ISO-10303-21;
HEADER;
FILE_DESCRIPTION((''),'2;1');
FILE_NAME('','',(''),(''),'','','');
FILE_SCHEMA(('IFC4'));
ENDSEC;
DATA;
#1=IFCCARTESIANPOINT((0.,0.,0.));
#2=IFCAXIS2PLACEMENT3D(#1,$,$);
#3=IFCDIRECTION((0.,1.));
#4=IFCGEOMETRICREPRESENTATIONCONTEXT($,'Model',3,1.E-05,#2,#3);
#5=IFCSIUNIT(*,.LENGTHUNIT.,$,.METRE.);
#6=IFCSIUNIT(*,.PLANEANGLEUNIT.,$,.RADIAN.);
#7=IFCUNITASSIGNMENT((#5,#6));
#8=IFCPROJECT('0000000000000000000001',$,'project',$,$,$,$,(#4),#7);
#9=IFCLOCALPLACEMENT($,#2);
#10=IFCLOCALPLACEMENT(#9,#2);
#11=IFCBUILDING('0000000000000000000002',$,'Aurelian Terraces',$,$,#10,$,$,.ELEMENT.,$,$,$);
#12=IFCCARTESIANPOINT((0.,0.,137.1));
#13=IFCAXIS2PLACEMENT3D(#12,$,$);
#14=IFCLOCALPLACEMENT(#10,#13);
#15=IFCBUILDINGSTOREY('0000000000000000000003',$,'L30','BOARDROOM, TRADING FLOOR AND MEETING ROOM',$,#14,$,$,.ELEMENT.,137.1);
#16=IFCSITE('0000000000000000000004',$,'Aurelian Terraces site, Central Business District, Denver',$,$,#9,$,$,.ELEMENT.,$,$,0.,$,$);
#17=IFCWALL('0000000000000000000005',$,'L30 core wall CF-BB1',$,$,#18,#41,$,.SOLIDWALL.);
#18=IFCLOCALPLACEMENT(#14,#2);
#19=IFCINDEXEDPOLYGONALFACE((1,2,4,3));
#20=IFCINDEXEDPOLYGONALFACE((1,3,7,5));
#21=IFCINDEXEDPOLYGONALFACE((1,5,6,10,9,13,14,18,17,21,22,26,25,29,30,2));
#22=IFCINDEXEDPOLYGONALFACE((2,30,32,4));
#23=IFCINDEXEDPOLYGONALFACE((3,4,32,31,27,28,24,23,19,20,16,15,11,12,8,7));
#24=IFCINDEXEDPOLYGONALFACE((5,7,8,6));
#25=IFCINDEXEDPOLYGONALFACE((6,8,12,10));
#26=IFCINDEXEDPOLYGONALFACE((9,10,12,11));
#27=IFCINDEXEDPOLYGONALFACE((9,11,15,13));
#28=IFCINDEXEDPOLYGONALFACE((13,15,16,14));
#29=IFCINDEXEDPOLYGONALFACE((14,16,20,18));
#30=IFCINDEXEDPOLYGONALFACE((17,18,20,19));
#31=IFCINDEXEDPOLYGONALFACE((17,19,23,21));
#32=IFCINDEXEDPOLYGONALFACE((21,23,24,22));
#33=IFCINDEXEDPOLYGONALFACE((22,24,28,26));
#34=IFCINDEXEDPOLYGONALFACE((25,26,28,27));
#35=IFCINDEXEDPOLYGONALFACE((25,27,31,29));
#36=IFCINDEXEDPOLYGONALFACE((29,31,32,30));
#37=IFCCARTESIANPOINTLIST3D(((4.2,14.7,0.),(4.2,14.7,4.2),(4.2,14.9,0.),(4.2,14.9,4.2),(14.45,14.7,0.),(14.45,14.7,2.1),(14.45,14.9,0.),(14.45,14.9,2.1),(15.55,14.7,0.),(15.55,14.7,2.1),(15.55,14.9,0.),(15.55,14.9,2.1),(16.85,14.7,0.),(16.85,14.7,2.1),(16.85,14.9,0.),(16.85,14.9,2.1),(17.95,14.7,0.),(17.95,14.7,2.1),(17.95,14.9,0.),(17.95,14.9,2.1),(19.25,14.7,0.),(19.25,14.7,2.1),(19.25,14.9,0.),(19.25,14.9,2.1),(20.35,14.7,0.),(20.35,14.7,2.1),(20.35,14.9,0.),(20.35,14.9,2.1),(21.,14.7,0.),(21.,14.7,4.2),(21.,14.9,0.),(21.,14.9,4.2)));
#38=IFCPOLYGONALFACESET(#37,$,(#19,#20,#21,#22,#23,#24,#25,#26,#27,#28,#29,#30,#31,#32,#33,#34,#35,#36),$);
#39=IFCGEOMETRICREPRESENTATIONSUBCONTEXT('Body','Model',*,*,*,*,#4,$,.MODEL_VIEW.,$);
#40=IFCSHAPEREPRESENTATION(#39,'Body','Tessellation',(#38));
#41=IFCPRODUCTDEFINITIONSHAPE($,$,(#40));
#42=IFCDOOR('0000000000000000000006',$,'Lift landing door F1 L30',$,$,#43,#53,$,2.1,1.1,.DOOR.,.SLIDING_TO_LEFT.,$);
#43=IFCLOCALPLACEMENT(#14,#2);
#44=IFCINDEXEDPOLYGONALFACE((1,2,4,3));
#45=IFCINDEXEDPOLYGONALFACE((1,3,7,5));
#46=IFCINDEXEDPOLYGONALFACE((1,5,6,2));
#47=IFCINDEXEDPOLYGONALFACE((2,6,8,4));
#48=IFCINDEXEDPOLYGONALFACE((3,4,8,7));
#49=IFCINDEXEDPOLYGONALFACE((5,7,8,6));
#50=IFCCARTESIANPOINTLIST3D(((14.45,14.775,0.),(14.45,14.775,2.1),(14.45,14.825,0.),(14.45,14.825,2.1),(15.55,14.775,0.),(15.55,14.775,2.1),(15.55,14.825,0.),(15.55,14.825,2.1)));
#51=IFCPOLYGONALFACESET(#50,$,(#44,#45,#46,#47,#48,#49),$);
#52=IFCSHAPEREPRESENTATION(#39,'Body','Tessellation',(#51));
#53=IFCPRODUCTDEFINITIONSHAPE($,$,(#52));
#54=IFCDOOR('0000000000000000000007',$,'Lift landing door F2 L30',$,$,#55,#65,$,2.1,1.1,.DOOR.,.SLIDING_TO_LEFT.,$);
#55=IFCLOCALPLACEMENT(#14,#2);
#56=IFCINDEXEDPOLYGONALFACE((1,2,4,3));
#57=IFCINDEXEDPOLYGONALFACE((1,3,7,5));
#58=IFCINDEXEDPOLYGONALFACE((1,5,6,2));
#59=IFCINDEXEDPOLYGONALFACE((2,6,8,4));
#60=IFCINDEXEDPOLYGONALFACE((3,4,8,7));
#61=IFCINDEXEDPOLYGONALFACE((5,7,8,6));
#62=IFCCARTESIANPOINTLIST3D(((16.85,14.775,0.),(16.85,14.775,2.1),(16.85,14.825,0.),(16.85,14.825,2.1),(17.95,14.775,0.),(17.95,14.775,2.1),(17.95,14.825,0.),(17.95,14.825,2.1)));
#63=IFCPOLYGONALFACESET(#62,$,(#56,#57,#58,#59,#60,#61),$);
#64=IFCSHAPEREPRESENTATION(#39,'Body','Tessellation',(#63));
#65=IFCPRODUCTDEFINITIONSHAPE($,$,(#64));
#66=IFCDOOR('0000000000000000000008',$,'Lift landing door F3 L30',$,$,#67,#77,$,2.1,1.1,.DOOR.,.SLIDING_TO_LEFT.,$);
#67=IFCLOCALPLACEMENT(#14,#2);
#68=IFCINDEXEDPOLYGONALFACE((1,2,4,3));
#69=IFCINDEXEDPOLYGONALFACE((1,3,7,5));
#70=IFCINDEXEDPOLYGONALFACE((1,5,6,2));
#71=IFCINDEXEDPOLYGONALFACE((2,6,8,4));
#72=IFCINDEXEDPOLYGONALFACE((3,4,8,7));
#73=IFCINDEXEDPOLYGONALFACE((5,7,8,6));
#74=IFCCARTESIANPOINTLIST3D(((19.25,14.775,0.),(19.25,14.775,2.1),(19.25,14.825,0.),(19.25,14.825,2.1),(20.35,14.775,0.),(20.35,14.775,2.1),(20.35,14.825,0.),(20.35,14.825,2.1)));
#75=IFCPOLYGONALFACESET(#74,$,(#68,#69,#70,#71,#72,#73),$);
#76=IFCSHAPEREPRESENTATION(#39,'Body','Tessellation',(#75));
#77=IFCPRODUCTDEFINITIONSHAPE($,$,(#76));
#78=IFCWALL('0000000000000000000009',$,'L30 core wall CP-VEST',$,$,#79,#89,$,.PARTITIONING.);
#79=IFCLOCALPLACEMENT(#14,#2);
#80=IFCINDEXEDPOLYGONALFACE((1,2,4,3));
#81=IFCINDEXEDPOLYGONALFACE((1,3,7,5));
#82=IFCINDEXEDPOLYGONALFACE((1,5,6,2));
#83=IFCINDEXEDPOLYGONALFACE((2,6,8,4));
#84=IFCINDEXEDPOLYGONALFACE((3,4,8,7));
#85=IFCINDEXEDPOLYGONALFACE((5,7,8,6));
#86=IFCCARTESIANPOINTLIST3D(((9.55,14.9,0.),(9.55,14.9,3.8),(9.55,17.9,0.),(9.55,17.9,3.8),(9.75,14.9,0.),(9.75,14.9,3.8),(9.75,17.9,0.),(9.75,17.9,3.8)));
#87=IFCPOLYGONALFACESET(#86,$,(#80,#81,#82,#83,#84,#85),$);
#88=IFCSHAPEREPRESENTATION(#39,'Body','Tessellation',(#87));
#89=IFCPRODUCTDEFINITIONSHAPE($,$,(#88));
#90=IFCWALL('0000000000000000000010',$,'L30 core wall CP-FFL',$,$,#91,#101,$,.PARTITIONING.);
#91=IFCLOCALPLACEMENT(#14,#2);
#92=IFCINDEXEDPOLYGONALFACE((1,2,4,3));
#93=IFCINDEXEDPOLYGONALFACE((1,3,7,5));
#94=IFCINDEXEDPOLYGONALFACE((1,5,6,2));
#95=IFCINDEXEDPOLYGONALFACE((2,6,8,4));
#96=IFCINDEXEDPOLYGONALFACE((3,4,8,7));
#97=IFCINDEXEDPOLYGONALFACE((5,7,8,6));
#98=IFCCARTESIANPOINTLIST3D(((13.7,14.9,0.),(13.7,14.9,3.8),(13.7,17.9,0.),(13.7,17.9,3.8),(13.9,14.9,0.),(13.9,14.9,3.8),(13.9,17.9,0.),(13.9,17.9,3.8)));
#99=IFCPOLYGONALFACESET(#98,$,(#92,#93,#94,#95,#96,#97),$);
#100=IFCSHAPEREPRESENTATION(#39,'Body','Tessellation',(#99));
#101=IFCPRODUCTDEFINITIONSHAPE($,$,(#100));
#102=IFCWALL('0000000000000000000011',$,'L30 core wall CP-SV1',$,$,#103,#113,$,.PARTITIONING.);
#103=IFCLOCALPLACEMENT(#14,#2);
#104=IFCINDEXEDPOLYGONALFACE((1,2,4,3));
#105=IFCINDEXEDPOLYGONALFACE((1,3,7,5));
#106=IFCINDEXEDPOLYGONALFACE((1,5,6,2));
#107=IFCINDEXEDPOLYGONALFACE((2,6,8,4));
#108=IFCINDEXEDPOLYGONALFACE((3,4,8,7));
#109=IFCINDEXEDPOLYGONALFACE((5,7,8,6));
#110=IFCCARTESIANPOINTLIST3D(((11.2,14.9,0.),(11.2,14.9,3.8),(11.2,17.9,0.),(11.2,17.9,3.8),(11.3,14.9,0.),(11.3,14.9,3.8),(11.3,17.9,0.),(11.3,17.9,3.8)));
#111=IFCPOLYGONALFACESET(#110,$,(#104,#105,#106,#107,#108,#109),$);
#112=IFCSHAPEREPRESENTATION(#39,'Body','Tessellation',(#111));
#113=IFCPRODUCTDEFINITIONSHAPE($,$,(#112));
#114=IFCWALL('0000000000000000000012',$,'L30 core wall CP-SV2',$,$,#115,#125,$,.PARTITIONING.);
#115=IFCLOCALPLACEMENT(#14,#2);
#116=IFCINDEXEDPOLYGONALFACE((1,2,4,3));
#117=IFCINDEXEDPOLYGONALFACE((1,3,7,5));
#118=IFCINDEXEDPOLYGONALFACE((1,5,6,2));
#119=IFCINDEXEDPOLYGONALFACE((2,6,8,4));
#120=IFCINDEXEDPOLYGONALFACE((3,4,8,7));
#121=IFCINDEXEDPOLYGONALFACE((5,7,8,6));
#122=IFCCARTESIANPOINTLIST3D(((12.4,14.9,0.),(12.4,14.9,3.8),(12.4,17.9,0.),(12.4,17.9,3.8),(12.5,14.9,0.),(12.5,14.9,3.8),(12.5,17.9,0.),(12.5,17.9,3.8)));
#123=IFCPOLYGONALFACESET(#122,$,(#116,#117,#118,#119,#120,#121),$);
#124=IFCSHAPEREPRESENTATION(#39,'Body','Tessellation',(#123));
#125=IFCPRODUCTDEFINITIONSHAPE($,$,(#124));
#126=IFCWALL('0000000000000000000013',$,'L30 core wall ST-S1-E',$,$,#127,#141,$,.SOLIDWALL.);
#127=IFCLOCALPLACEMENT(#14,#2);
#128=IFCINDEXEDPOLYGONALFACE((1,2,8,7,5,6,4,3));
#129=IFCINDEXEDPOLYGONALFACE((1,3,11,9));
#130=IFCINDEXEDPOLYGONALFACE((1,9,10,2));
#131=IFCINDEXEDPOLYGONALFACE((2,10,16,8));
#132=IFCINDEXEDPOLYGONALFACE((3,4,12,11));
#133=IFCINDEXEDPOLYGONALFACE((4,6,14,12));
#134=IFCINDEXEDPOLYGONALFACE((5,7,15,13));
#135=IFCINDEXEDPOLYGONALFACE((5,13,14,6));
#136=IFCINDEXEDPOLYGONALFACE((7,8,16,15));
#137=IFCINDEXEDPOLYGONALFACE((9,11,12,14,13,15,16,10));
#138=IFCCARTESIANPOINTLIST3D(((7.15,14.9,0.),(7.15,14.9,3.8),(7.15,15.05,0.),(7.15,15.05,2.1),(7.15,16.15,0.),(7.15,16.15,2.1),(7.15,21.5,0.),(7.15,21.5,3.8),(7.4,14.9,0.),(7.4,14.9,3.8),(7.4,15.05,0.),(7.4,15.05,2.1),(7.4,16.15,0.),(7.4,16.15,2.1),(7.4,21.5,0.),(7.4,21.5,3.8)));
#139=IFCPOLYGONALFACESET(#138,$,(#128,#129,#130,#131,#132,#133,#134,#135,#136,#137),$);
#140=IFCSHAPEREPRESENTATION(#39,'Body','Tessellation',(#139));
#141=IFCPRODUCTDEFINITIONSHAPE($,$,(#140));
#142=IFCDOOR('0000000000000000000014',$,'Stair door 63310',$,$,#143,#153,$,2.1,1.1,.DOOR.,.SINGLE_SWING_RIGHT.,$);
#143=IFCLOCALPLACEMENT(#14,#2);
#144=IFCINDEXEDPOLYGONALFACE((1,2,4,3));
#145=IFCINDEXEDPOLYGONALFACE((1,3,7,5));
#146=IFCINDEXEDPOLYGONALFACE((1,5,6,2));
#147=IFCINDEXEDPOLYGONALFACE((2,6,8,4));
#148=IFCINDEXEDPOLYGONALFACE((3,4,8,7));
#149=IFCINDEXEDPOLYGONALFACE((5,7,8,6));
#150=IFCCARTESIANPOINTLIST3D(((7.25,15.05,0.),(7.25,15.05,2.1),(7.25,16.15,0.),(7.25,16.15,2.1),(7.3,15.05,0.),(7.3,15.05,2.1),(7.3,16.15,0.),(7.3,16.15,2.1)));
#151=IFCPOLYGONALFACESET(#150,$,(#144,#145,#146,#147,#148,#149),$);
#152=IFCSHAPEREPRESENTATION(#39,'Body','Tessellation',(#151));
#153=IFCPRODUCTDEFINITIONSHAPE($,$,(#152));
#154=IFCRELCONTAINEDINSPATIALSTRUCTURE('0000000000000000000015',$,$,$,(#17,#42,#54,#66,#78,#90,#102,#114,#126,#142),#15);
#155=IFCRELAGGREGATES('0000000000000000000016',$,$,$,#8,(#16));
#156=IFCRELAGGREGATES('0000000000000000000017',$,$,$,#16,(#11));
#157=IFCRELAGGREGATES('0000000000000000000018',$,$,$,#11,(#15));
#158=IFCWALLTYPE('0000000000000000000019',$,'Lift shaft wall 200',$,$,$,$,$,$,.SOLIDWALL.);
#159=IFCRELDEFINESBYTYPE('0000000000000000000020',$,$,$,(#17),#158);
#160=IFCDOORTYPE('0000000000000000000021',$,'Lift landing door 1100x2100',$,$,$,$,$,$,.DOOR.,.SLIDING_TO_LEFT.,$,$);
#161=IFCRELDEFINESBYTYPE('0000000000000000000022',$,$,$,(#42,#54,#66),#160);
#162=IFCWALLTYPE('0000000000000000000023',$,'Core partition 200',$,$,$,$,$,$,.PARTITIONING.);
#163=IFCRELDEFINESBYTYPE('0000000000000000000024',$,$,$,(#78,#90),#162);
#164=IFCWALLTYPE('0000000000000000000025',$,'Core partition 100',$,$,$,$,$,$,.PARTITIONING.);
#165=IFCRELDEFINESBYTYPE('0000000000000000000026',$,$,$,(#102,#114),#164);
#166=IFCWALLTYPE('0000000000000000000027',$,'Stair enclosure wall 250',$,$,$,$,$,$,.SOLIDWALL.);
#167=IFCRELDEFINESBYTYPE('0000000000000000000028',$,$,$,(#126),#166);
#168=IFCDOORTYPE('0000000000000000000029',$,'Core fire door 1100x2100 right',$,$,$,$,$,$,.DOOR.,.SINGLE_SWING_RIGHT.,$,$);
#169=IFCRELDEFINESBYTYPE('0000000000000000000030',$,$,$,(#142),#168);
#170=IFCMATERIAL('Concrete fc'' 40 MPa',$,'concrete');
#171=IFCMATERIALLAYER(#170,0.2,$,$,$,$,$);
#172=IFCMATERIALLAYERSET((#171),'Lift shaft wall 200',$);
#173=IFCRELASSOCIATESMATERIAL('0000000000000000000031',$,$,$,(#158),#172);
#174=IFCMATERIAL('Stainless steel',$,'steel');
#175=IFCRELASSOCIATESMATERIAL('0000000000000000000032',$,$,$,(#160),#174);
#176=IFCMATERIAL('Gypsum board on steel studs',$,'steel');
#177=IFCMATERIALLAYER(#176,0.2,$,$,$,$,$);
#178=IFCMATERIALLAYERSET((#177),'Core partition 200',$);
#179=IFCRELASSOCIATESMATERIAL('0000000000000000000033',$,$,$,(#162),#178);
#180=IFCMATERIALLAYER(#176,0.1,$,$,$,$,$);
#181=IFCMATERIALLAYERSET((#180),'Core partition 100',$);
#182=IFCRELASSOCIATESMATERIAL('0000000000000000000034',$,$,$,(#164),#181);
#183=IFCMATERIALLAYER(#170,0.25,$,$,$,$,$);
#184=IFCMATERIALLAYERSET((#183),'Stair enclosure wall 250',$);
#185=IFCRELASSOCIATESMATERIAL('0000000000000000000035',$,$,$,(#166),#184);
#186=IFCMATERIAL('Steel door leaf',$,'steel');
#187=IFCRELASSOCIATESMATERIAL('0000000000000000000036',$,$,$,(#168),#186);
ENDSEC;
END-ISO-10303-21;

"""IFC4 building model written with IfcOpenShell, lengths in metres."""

from ifc_helpers import new_model, si_unit, direction, frame, frame_2d, origin, place, context, subcontext, project, spatial, rectangle, extrude, source, transform, mapped, material, layer, layer_set, type_object, element, fill, save


model = new_model("IFC4")

# Units and contexts
model_context = context("Model", 3, precision=1e-05, world=origin(), true_north=direction((0.0, 1.0)))
body_context = subcontext(model_context, "Body", "Model", "MODEL_VIEW")
ifc_project = project(units=[si_unit("LENGTHUNIT", "METRE"), si_unit("PLANEANGLEUNIT", "RADIAN")], contexts=[model_context])

# Site, building, storey
site_placement = place(None, origin())
site = spatial("IfcSite", under=ifc_project, at=site_placement, Name="Aurelian Terraces site, Central Business District, Denver", CompositionType="ELEMENT", RefElevation=0.0)
building_placement = place(site_placement, origin())
building = spatial("IfcBuilding", under=site, at=building_placement, Name="Aurelian Terraces", CompositionType="ELEMENT")
storey_placement = place(building_placement, frame((0.0, 0.0, 137.1)))
storey = spatial("IfcBuildingStorey", under=building, at=storey_placement, Name="L30", Description="BOARDROOM, TRADING FLOOR AND MEETING ROOM", CompositionType="ELEMENT", Elevation=137.1)

# Shared definitions
ifc_material_1 = material(Name="Concrete fc' 40 MPa", Category="concrete")
ifc_layer_1 = layer(ifc_material_1, 0.2)
ifc_layer_set_1 = layer_set([ifc_layer_1], Name="Lift shaft wall 200")
wall_type_1 = type_object("IfcWallType", Name="Lift shaft wall 200", PredefinedType="SOLIDWALL", material=ifc_layer_set_1)

# Wall, openings, doors
shared_shape_1 = source(origin(), body_context, "Body", "SweptSolid", [
    extrude(rectangle(XDim=16.8, YDim=0.2, at=frame_2d((8.4, 0.0))), origin(), (0.0, 0.0, 1.0), 4.2),
])
shared_shape_2 = source(origin(), body_context, "Body", "SweptSolid", [
    extrude(rectangle(XDim=1.1, YDim=2.1, at=frame_2d((0.55, 1.05))), frame((0.0, 0.11, 0.0), z_axis=(0.0, -1.0, 0.0), x_axis=(1.0, 0.0, 0.0)), (0.0, 0.0, 1.0), 0.22),
])
ifc_material_2 = material(Name="Stainless steel", Category="steel")
door_type_1 = type_object("IfcDoorType", Name="Lift landing door 1100x2100", OperationType="SLIDING_TO_LEFT", PredefinedType="DOOR", material=ifc_material_2)
shared_shape_3 = source(origin(), body_context, "Body", "SweptSolid", [
    extrude(rectangle(XDim=1.1, YDim=2.1, at=frame_2d((0.55, 1.05))), frame((0.0, 0.025, 0.0), z_axis=(0.0, -1.0, 0.0), x_axis=(1.0, 0.0, 0.0)), (0.0, 0.0, 1.0), 0.05),
])
wall_1_placement = place(storey_placement, frame((4.2, 14.8, 0.0), z_axis=(0.0, 0.0, 1.0), x_axis=(1.0, 0.0, 0.0)))
wall_1 = element("IfcWall", 1, at=wall_1_placement, inside=storey, type_object=wall_type_1, Name="L30 core wall CF-BB1", PredefinedType="SOLIDWALL", context=body_context, shape_type="MappedRepresentation", body=[
    mapped(shared_shape_1, transform((0.0, 0.0, 0.0), scale=1.0)),
])
opening_1_placement = place(wall_1_placement, frame((10.25, 0.0, 0.0)))
opening_1 = element("IfcOpeningElement", 2, at=opening_1_placement, cuts=wall_1, PredefinedType="OPENING", context=body_context, shape_type="MappedRepresentation", body=[
    mapped(shared_shape_2, transform((0.0, 0.0, 0.0), scale=1.0)),
])
opening_2_placement = place(wall_1_placement, frame((12.65, 0.0, 0.0)))
opening_2 = element("IfcOpeningElement", 3, at=opening_2_placement, cuts=wall_1, PredefinedType="OPENING", context=body_context, shape_type="MappedRepresentation", body=[
    mapped(shared_shape_2, transform((0.0, 0.0, 0.0), scale=1.0)),
])
opening_3_placement = place(wall_1_placement, frame((15.05, 0.0, 0.0)))
opening_3 = element("IfcOpeningElement", 4, at=opening_3_placement, cuts=wall_1, PredefinedType="OPENING", context=body_context, shape_type="MappedRepresentation", body=[
    mapped(shared_shape_2, transform((0.0, 0.0, 0.0), scale=1.0)),
])
door_1_placement = place(opening_1_placement, origin())
door_1 = element("IfcDoor", 5, at=door_1_placement, inside=storey, type_object=door_type_1, Name="Lift landing door F1 L30", OperationType="SLIDING_TO_LEFT", OverallHeight=2.1, OverallWidth=1.1, PredefinedType="DOOR", context=body_context, shape_type="MappedRepresentation", body=[
    mapped(shared_shape_3, transform((0.0, 0.0, 0.0), scale=1.0)),
])
fill(opening_1, door_1)
door_2_placement = place(opening_2_placement, origin())
door_2 = element("IfcDoor", 6, at=door_2_placement, inside=storey, type_object=door_type_1, Name="Lift landing door F2 L30", OperationType="SLIDING_TO_LEFT", OverallHeight=2.1, OverallWidth=1.1, PredefinedType="DOOR", context=body_context, shape_type="MappedRepresentation", body=[
    mapped(shared_shape_3, transform((0.0, 0.0, 0.0), scale=1.0)),
])
fill(opening_2, door_2)
door_3_placement = place(opening_3_placement, origin())
door_3 = element("IfcDoor", 7, at=door_3_placement, inside=storey, type_object=door_type_1, Name="Lift landing door F3 L30", OperationType="SLIDING_TO_LEFT", OverallHeight=2.1, OverallWidth=1.1, PredefinedType="DOOR", context=body_context, shape_type="MappedRepresentation", body=[
    mapped(shared_shape_3, transform((0.0, 0.0, 0.0), scale=1.0)),
])
fill(opening_3, door_3)

# Walls
ifc_material_3 = material(Name="Gypsum board on steel studs", Category="steel")
ifc_layer_2 = layer(ifc_material_3, 0.2)
ifc_layer_set_2 = layer_set([ifc_layer_2], Name="Core partition 200")
wall_type_2 = type_object("IfcWallType", Name="Core partition 200", PredefinedType="PARTITIONING", material=ifc_layer_set_2)
shared_shape_4 = source(origin(), body_context, "Body", "SweptSolid", [
    extrude(rectangle(XDim=3.0, YDim=0.2, at=frame_2d((1.5, 0.0))), origin(), (0.0, 0.0, 1.0), 3.8),
])
for number, where, z_axis, x_axis, name in (
    (8, (9.65, 14.9, 0.0), (0.0, 0.0, 1.0), (0.0, 1.0, 0.0), "L30 core wall CP-VEST"),
    (9, (13.8, 14.9, 0.0), (0.0, 0.0, 1.0), (0.0, 1.0, 0.0), "L30 core wall CP-FFL"),
):
    element("IfcWall", number, at=place(storey_placement, frame(where, z_axis=z_axis, x_axis=x_axis)), inside=storey, type_object=wall_type_2, Name=name, PredefinedType="PARTITIONING", context=body_context, shape_type="MappedRepresentation", body=[
        mapped(shared_shape_4, transform((0.0, 0.0, 0.0), scale=1.0)),
    ])
ifc_layer_3 = layer(ifc_material_3, 0.1)
ifc_layer_set_3 = layer_set([ifc_layer_3], Name="Core partition 100")
wall_type_3 = type_object("IfcWallType", Name="Core partition 100", PredefinedType="PARTITIONING", material=ifc_layer_set_3)
shared_shape_5 = source(origin(), body_context, "Body", "SweptSolid", [
    extrude(rectangle(XDim=3.0, YDim=0.1, at=frame_2d((1.5, 0.0))), origin(), (0.0, 0.0, 1.0), 3.8),
])
for number, where, z_axis, x_axis, name in (
    (10, (11.25, 14.9, 0.0), (0.0, 0.0, 1.0), (0.0, 1.0, 0.0), "L30 core wall CP-SV1"),
    (11, (12.45, 14.9, 0.0), (0.0, 0.0, 1.0), (0.0, 1.0, 0.0), "L30 core wall CP-SV2"),
):
    element("IfcWall", number, at=place(storey_placement, frame(where, z_axis=z_axis, x_axis=x_axis)), inside=storey, type_object=wall_type_3, Name=name, PredefinedType="PARTITIONING", context=body_context, shape_type="MappedRepresentation", body=[
        mapped(shared_shape_5, transform((0.0, 0.0, 0.0), scale=1.0)),
    ])

# Wall, opening, door
ifc_layer_4 = layer(ifc_material_1, 0.25)
ifc_layer_set_4 = layer_set([ifc_layer_4], Name="Stair enclosure wall 250")
wall_type_4 = type_object("IfcWallType", Name="Stair enclosure wall 250", PredefinedType="SOLIDWALL", material=ifc_layer_set_4)
shared_shape_6 = source(origin(), body_context, "Body", "SweptSolid", [
    extrude(rectangle(XDim=6.6, YDim=0.25, at=frame_2d((3.3, 0.0))), origin(), (0.0, 0.0, 1.0), 3.8),
])
wall_2_placement = place(storey_placement, frame((7.275, 14.9, 0.0), z_axis=(0.0, 0.0, 1.0), x_axis=(0.0, 1.0, 0.0)))
wall_2 = element("IfcWall", 12, at=wall_2_placement, inside=storey, type_object=wall_type_4, Name="L30 core wall ST-S1-E", PredefinedType="SOLIDWALL", context=body_context, shape_type="MappedRepresentation", body=[
    mapped(shared_shape_6, transform((0.0, 0.0, 0.0), scale=1.0)),
])
shared_shape_7 = source(origin(), body_context, "Body", "SweptSolid", [
    extrude(rectangle(XDim=1.1, YDim=2.1, at=frame_2d((0.55, 1.05))), frame((0.0, 0.135, 0.0), z_axis=(0.0, -1.0, 0.0), x_axis=(1.0, 0.0, 0.0)), (0.0, 0.0, 1.0), 0.27),
])
opening_4_placement = place(wall_2_placement, frame((0.15, 0.0, 0.0)))
opening_4 = element("IfcOpeningElement", 13, at=opening_4_placement, cuts=wall_2, PredefinedType="OPENING", context=body_context, shape_type="MappedRepresentation", body=[
    mapped(shared_shape_7, transform((0.0, 0.0, 0.0), scale=1.0)),
])
ifc_material_4 = material(Name="Steel door leaf", Category="steel")
door_type_2 = type_object("IfcDoorType", Name="Core fire door 1100x2100 right", OperationType="SINGLE_SWING_RIGHT", PredefinedType="DOOR", material=ifc_material_4)
door_4_placement = place(opening_4_placement, origin())
door_4 = element("IfcDoor", 14, at=door_4_placement, inside=storey, type_object=door_type_2, Name="Stair door 63310", OperationType="SINGLE_SWING_RIGHT", OverallHeight=2.1, OverallWidth=1.1, PredefinedType="DOOR", context=body_context, shape_type="MappedRepresentation", body=[
    mapped(shared_shape_3, transform((0.0, 0.0, 0.0), scale=1.0)),
])
fill(opening_4, door_4)

save(model, "model.ifc")
